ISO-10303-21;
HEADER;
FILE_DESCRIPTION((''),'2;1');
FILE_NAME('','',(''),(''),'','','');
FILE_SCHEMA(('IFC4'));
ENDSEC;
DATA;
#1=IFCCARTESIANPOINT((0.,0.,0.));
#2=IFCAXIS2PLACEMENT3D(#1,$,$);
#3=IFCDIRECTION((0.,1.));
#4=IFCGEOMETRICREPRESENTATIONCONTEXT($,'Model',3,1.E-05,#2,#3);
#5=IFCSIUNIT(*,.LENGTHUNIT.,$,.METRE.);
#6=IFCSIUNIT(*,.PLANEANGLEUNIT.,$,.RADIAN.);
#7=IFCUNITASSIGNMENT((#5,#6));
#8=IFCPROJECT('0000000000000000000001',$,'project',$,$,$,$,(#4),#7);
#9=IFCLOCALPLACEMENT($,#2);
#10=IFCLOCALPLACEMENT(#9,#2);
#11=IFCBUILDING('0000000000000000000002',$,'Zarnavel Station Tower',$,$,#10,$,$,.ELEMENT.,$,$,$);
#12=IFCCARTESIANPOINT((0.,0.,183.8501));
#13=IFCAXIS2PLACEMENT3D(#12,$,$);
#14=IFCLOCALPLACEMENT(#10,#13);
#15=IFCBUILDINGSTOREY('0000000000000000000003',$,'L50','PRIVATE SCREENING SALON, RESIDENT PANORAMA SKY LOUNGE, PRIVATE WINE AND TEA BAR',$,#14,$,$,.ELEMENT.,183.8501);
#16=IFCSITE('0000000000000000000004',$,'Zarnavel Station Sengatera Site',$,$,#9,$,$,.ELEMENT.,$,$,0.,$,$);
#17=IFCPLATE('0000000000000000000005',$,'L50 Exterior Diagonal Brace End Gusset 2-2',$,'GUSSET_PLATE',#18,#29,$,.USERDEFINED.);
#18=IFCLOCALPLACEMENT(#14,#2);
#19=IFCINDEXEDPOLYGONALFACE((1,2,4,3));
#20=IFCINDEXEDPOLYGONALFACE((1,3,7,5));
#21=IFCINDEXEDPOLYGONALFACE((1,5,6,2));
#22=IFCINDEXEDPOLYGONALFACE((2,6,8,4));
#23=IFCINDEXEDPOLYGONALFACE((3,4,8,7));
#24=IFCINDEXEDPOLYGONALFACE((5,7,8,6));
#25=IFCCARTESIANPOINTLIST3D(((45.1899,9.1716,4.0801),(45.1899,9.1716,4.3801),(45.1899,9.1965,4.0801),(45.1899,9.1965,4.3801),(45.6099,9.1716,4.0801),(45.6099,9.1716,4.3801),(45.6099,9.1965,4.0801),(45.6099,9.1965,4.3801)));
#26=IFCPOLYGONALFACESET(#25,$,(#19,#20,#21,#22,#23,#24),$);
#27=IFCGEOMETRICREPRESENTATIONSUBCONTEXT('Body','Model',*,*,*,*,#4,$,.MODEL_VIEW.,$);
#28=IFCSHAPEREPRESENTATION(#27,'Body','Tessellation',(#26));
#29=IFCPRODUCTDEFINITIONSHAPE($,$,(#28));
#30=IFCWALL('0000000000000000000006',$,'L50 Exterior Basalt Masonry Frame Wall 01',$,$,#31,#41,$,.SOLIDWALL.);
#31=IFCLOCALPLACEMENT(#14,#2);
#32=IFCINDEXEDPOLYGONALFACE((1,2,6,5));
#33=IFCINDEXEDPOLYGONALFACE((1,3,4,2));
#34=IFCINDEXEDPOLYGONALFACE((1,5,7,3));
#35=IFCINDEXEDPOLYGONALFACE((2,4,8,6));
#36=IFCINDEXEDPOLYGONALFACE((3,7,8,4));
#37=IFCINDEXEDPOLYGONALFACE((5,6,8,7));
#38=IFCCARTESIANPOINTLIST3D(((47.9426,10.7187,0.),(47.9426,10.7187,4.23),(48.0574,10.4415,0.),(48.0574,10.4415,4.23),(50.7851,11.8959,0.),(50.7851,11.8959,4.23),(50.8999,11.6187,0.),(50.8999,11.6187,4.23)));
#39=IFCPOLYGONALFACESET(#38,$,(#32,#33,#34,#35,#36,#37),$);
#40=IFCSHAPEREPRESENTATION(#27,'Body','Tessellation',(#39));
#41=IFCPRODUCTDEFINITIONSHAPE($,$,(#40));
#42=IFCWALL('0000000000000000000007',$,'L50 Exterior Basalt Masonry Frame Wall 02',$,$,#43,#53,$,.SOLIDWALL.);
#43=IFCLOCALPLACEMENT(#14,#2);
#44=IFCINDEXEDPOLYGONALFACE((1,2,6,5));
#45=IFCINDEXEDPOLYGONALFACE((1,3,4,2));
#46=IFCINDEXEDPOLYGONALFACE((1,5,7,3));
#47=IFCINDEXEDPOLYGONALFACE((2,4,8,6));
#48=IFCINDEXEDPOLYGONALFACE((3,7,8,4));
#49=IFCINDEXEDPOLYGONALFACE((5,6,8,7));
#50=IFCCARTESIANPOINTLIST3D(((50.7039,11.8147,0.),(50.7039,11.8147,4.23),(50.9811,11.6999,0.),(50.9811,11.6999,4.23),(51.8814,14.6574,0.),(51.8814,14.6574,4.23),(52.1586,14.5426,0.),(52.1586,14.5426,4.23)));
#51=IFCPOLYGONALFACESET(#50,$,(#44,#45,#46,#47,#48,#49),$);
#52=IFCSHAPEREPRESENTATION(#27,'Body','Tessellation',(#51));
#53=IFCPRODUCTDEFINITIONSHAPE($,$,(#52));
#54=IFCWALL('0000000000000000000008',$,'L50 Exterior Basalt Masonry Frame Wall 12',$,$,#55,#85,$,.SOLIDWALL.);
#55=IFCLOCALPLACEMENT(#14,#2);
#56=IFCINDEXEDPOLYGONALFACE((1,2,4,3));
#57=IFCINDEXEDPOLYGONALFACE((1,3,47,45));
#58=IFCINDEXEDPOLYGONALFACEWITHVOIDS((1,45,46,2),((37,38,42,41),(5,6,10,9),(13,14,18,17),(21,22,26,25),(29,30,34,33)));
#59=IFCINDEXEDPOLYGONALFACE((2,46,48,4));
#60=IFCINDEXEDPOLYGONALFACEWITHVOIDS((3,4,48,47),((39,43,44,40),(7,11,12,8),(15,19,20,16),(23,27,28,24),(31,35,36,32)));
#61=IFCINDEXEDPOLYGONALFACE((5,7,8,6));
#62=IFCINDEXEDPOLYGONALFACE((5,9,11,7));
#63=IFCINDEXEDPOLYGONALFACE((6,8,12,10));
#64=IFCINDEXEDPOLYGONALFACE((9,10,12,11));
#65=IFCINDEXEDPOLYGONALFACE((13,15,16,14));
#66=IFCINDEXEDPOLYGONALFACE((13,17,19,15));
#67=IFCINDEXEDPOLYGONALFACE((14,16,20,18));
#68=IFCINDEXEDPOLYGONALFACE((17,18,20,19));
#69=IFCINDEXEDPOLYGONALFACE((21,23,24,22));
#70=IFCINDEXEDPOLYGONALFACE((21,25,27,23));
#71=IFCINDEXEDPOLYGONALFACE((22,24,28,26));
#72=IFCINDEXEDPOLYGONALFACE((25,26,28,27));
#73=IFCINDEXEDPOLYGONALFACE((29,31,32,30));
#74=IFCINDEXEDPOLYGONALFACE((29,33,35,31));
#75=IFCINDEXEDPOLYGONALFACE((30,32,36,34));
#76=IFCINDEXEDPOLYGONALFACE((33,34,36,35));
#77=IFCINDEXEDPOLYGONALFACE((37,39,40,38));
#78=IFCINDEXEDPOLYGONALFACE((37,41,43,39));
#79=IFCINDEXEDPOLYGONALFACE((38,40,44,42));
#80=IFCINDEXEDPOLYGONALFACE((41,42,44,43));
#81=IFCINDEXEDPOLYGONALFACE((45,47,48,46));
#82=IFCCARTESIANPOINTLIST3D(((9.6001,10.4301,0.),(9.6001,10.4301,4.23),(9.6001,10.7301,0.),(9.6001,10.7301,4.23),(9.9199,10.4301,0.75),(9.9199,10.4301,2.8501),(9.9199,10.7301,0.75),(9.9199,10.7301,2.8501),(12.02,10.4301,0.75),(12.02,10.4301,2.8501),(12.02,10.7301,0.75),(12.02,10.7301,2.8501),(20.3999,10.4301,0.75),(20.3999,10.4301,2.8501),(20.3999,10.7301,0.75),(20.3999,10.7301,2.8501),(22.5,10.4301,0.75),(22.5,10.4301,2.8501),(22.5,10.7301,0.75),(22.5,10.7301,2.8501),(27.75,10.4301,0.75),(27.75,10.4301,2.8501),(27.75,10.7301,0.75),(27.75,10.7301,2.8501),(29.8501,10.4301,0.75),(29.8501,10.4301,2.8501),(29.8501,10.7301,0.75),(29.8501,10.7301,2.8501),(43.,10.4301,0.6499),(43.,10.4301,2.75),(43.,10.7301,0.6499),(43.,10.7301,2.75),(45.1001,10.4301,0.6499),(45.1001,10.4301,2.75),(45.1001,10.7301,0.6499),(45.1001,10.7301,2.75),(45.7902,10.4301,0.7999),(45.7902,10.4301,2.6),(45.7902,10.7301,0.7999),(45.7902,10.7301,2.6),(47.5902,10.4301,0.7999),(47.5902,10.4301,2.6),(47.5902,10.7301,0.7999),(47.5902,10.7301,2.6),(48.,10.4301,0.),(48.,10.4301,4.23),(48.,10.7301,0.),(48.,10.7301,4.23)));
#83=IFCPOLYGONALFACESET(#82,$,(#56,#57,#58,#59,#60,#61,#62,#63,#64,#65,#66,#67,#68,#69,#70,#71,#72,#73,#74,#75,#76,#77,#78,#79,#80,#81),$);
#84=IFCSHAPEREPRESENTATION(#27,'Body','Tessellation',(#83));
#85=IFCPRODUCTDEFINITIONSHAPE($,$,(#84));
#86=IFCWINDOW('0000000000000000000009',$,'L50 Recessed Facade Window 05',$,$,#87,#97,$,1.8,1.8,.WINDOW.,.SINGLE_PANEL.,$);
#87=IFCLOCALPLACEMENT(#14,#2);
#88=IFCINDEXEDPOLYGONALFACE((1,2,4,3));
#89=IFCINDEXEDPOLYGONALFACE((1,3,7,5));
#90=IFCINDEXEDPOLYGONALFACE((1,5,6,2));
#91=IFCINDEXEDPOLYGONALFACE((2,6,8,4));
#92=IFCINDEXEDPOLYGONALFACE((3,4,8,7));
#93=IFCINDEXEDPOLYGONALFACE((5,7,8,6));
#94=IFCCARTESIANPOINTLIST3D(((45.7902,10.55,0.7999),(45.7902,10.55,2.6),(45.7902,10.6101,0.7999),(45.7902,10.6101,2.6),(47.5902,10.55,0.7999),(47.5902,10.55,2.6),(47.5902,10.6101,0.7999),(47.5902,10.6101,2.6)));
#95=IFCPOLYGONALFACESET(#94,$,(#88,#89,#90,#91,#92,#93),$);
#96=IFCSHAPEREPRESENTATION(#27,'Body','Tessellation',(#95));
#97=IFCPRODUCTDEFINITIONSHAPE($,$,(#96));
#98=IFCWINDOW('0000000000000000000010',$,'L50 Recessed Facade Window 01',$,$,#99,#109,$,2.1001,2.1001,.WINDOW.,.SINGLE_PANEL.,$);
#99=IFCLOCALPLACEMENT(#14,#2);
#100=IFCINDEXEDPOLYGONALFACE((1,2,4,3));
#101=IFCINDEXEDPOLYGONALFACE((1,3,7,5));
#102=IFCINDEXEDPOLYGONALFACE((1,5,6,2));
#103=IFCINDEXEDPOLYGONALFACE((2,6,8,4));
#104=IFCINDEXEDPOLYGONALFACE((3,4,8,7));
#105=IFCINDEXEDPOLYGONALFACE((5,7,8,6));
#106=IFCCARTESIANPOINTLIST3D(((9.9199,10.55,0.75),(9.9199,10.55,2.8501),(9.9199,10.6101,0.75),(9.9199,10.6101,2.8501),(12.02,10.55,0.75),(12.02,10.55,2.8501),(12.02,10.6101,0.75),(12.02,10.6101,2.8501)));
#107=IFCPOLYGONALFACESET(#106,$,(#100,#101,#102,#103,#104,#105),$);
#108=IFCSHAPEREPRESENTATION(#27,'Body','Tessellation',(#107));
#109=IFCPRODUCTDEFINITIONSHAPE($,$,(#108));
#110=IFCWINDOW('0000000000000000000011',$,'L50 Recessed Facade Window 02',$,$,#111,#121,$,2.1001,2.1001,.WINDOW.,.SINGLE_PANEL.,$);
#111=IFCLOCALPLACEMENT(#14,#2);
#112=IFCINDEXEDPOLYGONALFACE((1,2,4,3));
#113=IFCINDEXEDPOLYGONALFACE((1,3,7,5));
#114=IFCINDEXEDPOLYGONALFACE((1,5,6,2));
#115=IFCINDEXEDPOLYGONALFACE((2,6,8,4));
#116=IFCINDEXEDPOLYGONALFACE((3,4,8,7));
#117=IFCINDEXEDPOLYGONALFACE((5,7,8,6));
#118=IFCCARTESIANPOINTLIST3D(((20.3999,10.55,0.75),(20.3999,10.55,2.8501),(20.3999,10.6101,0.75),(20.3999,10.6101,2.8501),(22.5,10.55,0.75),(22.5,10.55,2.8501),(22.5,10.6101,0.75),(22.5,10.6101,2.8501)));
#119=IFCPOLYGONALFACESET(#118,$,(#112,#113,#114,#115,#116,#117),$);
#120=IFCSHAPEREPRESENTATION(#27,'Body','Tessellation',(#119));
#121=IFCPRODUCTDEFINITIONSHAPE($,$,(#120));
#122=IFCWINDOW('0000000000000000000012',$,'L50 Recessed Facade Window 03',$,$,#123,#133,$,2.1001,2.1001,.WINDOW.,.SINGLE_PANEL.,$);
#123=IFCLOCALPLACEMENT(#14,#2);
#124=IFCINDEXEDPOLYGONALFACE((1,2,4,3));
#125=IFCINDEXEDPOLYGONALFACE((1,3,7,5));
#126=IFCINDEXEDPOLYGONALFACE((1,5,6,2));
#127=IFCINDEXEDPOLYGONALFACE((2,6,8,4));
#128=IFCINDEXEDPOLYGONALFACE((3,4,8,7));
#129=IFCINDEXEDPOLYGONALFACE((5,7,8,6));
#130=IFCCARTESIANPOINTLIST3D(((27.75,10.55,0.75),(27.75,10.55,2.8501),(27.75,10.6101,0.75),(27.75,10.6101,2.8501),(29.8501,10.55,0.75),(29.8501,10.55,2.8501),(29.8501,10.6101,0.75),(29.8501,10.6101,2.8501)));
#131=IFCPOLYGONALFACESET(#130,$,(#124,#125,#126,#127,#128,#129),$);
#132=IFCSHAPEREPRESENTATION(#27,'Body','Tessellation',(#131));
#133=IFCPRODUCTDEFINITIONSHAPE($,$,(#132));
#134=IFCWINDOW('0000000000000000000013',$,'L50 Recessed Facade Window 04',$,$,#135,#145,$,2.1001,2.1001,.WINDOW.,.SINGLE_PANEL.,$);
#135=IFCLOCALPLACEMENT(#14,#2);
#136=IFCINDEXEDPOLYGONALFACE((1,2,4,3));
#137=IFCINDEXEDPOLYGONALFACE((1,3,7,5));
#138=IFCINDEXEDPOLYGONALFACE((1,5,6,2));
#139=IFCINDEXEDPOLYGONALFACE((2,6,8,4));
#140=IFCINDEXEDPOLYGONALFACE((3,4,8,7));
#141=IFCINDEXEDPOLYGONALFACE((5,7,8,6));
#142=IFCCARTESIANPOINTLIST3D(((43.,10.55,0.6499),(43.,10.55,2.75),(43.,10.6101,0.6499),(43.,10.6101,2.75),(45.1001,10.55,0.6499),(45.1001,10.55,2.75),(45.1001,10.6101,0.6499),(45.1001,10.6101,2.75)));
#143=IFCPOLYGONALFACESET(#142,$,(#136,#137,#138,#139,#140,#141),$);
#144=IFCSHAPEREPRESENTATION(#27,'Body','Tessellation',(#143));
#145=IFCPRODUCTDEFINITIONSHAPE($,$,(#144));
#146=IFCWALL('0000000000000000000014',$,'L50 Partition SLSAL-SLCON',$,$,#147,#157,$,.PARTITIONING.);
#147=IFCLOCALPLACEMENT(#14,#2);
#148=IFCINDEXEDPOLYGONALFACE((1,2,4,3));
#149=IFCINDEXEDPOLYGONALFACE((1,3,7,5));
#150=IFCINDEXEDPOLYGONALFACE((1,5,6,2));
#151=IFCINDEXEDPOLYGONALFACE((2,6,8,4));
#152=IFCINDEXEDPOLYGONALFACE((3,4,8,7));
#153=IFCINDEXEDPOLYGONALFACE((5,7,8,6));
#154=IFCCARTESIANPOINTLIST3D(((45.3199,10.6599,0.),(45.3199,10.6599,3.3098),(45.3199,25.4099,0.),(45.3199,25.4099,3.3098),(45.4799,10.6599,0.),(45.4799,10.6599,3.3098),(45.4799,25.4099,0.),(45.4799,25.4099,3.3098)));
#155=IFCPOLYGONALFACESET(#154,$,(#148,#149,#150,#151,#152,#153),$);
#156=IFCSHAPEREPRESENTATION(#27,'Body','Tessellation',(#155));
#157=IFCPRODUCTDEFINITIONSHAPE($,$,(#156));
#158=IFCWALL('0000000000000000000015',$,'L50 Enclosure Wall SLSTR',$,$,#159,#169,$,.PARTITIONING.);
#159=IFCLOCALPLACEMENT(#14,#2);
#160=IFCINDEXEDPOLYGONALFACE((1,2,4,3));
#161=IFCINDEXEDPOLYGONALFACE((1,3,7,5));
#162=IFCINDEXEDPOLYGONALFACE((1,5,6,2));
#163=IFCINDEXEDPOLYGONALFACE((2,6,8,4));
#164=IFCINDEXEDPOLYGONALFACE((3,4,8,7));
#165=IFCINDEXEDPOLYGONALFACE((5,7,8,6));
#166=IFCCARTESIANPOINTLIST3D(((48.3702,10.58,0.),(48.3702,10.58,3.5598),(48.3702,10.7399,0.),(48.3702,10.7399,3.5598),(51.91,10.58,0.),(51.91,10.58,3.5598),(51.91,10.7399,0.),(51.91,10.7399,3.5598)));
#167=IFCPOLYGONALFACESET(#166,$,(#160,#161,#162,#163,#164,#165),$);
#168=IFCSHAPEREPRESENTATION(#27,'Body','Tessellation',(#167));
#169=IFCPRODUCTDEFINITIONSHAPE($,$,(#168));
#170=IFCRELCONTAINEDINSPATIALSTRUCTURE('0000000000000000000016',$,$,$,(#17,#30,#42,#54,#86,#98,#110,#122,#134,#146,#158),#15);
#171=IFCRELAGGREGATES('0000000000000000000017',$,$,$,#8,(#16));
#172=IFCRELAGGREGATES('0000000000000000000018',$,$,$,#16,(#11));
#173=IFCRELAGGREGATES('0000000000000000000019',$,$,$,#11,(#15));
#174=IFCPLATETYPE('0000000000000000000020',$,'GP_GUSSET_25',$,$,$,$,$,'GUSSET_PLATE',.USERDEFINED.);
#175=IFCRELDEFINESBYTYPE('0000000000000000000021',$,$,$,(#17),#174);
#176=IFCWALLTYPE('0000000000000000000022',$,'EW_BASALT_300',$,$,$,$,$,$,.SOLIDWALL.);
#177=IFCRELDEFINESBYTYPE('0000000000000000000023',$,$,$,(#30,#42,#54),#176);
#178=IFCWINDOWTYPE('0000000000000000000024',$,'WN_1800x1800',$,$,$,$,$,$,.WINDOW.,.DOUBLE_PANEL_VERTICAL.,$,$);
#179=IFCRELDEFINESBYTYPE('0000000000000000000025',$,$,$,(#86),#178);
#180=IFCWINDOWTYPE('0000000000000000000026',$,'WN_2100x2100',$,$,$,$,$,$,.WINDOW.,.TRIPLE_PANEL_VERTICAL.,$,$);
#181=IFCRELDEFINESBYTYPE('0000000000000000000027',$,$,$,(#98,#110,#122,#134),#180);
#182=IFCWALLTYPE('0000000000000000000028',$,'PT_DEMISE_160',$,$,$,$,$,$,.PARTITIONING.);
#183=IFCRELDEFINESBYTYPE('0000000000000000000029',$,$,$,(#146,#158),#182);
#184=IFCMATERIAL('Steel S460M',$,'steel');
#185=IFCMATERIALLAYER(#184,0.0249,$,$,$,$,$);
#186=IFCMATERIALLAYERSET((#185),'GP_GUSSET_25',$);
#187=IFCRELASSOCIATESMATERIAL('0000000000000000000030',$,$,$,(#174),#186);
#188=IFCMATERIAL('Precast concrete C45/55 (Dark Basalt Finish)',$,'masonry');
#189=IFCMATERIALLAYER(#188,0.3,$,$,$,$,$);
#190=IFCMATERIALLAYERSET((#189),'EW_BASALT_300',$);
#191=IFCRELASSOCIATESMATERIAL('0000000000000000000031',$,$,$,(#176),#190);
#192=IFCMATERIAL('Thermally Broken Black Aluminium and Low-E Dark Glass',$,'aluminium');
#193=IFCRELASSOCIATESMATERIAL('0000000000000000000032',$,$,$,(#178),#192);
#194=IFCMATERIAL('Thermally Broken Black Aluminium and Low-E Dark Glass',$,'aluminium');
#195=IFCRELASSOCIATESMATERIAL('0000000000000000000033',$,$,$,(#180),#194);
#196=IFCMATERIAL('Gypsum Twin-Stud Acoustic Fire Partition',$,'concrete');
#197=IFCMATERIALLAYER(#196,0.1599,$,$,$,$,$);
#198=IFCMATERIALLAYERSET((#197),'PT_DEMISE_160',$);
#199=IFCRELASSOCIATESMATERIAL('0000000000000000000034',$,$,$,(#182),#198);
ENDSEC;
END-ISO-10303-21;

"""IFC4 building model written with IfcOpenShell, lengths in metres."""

from ifc_helpers import new_model, si_unit, direction, frame, frame_2d, origin, origin_2d, place, context, subcontext, project, spatial, rectangle, extrude, material, layer, layer_set, type_object, element, fill, save


model = new_model("IFC4")

# Units and contexts
model_context = context("Model", 3, precision=1e-05, world=origin(), true_north=direction((0.0, 1.0)))
body_context = subcontext(model_context, "Body", "Model", "MODEL_VIEW")
ifc_project = project(units=[si_unit("LENGTHUNIT", "METRE"), si_unit("PLANEANGLEUNIT", "RADIAN")], contexts=[model_context])

# Site, building, storey
site_placement = place(None, origin())
site = spatial("IfcSite", under=ifc_project, at=site_placement, Name="Zarnavel Station Sengatera Site", CompositionType="ELEMENT", RefElevation=0.0)
building_placement = place(site_placement, origin())
building = spatial("IfcBuilding", under=site, at=building_placement, Name="Zarnavel Station Tower", CompositionType="ELEMENT")
storey_placement = place(building_placement, frame((0.0, 0.0, 183.8501)))
storey = spatial("IfcBuildingStorey", under=building, at=storey_placement, Name="L50", Description="PRIVATE SCREENING SALON, RESIDENT PANORAMA SKY LOUNGE, PRIVATE WINE AND TEA BAR", CompositionType="ELEMENT", Elevation=183.8501)

# Plate
ifc_material_1 = material(Name="Steel S460M", Category="steel")
ifc_layer_1 = layer(ifc_material_1, 0.0249)
ifc_layer_set_1 = layer_set([ifc_layer_1], Name="GP_GUSSET_25")
plate_type = type_object("IfcPlateType", Name="GP_GUSSET_25", ElementType="GUSSET_PLATE", PredefinedType="USERDEFINED", material=ifc_layer_set_1)
plate_placement = place(storey_placement, frame((45.3999, 9.1841, 4.0801), z_axis=(0.0, 0.0, 1.0), x_axis=(1.0, 0.0, 0.0)))
element("IfcPlate", 1, at=plate_placement, inside=storey, type_object=plate_type, Name="L50 Exterior Diagonal Brace End Gusset 2-2", ObjectType="GUSSET_PLATE", PredefinedType="USERDEFINED", context=body_context, shape_type="SweptSolid", body=[
    extrude(rectangle(XDim=0.4199, YDim=0.0249, at=origin_2d()), origin(), (0.0, 0.0, 1.0), 0.3),
])

# Walls
ifc_material_2 = material(Name="Precast concrete C45/55 (Dark Basalt Finish)", Category="masonry")
ifc_layer_2 = layer(ifc_material_2, 0.3)
ifc_layer_set_2 = layer_set([ifc_layer_2], Name="EW_BASALT_300")
wall_type_1 = type_object("IfcWallType", Name="EW_BASALT_300", PredefinedType="SOLIDWALL", material=ifc_layer_set_2)
wall_1_placement = place(storey_placement, frame((50.8425, 11.7573, 0.0), z_axis=(0.0, 0.0, 1.0), x_axis=(-0.923899, -0.382637, 0.0)))
element("IfcWall", 2, at=wall_1_placement, inside=storey, type_object=wall_type_1, Name="L50 Exterior Basalt Masonry Frame Wall 01", PredefinedType="SOLIDWALL", context=body_context, shape_type="SweptSolid", body=[
    extrude(rectangle(XDim=3.0767, YDim=0.3, at=frame_2d((1.5383, 0.0))), origin(), (0.0, 0.0, 1.0), 4.23),
])
wall_2_placement = place(storey_placement, frame((52.02, 14.6001, 0.0), z_axis=(0.0, 0.0, 1.0), x_axis=(-0.382676, -0.923882, 0.0)))
element("IfcWall", 3, at=wall_2_placement, inside=storey, type_object=wall_type_1, Name="L50 Exterior Basalt Masonry Frame Wall 02", PredefinedType="SOLIDWALL", context=body_context, shape_type="SweptSolid", body=[
    extrude(rectangle(XDim=3.0769, YDim=0.3, at=frame_2d((1.5386, 0.0))), origin(), (0.0, 0.0, 1.0), 4.23),
])

# Wall, openings, windows
wall_3_placement = place(storey_placement, frame((48.0, 10.5801, 0.0), z_axis=(0.0, 0.0, 1.0), x_axis=(-1.0, 0.0, 0.0)))
wall_3 = element("IfcWall", 4, at=wall_3_placement, inside=storey, type_object=wall_type_1, Name="L50 Exterior Basalt Masonry Frame Wall 12", PredefinedType="SOLIDWALL", context=body_context, shape_type="SweptSolid", body=[
    extrude(rectangle(XDim=38.3999, YDim=0.3, at=frame_2d((19.2, 0.0))), origin(), (0.0, 0.0, 1.0), 4.23),
])
opening_1_placement = place(wall_3_placement, frame((35.98, 0.0, 0.75)))
opening_1 = element("IfcOpeningElement", 5, at=opening_1_placement, cuts=wall_3, PredefinedType="OPENING", context=body_context, shape_type="SweptSolid", body=[
    extrude(rectangle(XDim=2.1001, YDim=2.1001, at=frame_2d((1.05, 1.05))), frame((0.0, 0.1599, 0.0), z_axis=(0.0, -1.0, 0.0), x_axis=(1.0, 0.0, 0.0)), (0.0, 0.0, 1.0), 0.3201),
])
opening_2_placement = place(wall_3_placement, frame((25.5, 0.0, 0.75)))
opening_2 = element("IfcOpeningElement", 6, at=opening_2_placement, cuts=wall_3, PredefinedType="OPENING", context=body_context, shape_type="SweptSolid", body=[
    extrude(rectangle(XDim=2.1001, YDim=2.1001, at=frame_2d((1.05, 1.05))), frame((0.0, 0.1599, 0.0), z_axis=(0.0, -1.0, 0.0), x_axis=(1.0, 0.0, 0.0)), (0.0, 0.0, 1.0), 0.3201),
])
opening_3_placement = place(wall_3_placement, frame((18.1499, 0.0, 0.75)))
opening_3 = element("IfcOpeningElement", 7, at=opening_3_placement, cuts=wall_3, PredefinedType="OPENING", context=body_context, shape_type="SweptSolid", body=[
    extrude(rectangle(XDim=2.1001, YDim=2.1001, at=frame_2d((1.05, 1.05))), frame((0.0, 0.1599, 0.0), z_axis=(0.0, -1.0, 0.0), x_axis=(1.0, 0.0, 0.0)), (0.0, 0.0, 1.0), 0.3201),
])
opening_4_placement = place(wall_3_placement, frame((2.8999, 0.0, 0.6499)))
opening_4 = element("IfcOpeningElement", 8, at=opening_4_placement, cuts=wall_3, PredefinedType="OPENING", context=body_context, shape_type="SweptSolid", body=[
    extrude(rectangle(XDim=2.1001, YDim=2.1001, at=frame_2d((1.05, 1.05))), frame((0.0, 0.1599, 0.0), z_axis=(0.0, -1.0, 0.0), x_axis=(1.0, 0.0, 0.0)), (0.0, 0.0, 1.0), 0.3201),
])
opening_5_placement = place(wall_3_placement, frame((0.4099, 0.0, 0.8)))
opening_5 = element("IfcOpeningElement", 9, at=opening_5_placement, cuts=wall_3, PredefinedType="OPENING", context=body_context, shape_type="SweptSolid", body=[
    extrude(rectangle(XDim=1.8, YDim=1.8, at=frame_2d((0.8999, 0.8999))), frame((0.0, 0.1599, 0.0), z_axis=(0.0, -1.0, 0.0), x_axis=(1.0, 0.0, 0.0)), (0.0, 0.0, 1.0), 0.3201),
])
ifc_material_3 = material(Name="Thermally Broken Black Aluminium and Low-E Dark Glass", Category="aluminium")
window_type_1 = type_object("IfcWindowType", Name="WN_1800x1800", PartitioningType="DOUBLE_PANEL_VERTICAL", PredefinedType="WINDOW", material=ifc_material_3)
window_1_placement = place(opening_5_placement, origin())
window_1 = element("IfcWindow", 10, at=window_1_placement, inside=storey, type_object=window_type_1, Name="L50 Recessed Facade Window 05", OverallHeight=1.8, OverallWidth=1.8, PartitioningType="SINGLE_PANEL", PredefinedType="WINDOW", context=body_context, shape_type="SweptSolid", body=[
    extrude(rectangle(XDim=1.8, YDim=1.8, at=frame_2d((0.8999, 0.8999))), frame((0.0, 0.03, 0.0), z_axis=(0.0, -1.0, 0.0), x_axis=(1.0, 0.0, 0.0)), (0.0, 0.0, 1.0), 0.0601),
])
fill(opening_5, window_1)
ifc_material_4 = material(Name="Thermally Broken Black Aluminium and Low-E Dark Glass", Category="aluminium")
window_type_2 = type_object("IfcWindowType", Name="WN_2100x2100", PartitioningType="TRIPLE_PANEL_VERTICAL", PredefinedType="WINDOW", material=ifc_material_4)
window_2_placement = place(opening_1_placement, origin())
window_2 = element("IfcWindow", 11, at=window_2_placement, inside=storey, type_object=window_type_2, Name="L50 Recessed Facade Window 01", OverallHeight=2.1001, OverallWidth=2.1001, PartitioningType="SINGLE_PANEL", PredefinedType="WINDOW", context=body_context, shape_type="SweptSolid", body=[
    extrude(rectangle(XDim=2.1001, YDim=2.1001, at=frame_2d((1.05, 1.05))), frame((0.0, 0.03, 0.0), z_axis=(0.0, -1.0, 0.0), x_axis=(1.0, 0.0, 0.0)), (0.0, 0.0, 1.0), 0.0601),
])
fill(opening_1, window_2)
window_3_placement = place(opening_2_placement, origin())
window_3 = element("IfcWindow", 12, at=window_3_placement, inside=storey, type_object=window_type_2, Name="L50 Recessed Facade Window 02", OverallHeight=2.1001, OverallWidth=2.1001, PartitioningType="SINGLE_PANEL", PredefinedType="WINDOW", context=body_context, shape_type="SweptSolid", body=[
    extrude(rectangle(XDim=2.1001, YDim=2.1001, at=frame_2d((1.05, 1.05))), frame((0.0, 0.03, 0.0), z_axis=(0.0, -1.0, 0.0), x_axis=(1.0, 0.0, 0.0)), (0.0, 0.0, 1.0), 0.0601),
])
fill(opening_2, window_3)
window_4_placement = place(opening_3_placement, origin())
window_4 = element("IfcWindow", 13, at=window_4_placement, inside=storey, type_object=window_type_2, Name="L50 Recessed Facade Window 03", OverallHeight=2.1001, OverallWidth=2.1001, PartitioningType="SINGLE_PANEL", PredefinedType="WINDOW", context=body_context, shape_type="SweptSolid", body=[
    extrude(rectangle(XDim=2.1001, YDim=2.1001, at=frame_2d((1.05, 1.05))), frame((0.0, 0.03, 0.0), z_axis=(0.0, -1.0, 0.0), x_axis=(1.0, 0.0, 0.0)), (0.0, 0.0, 1.0), 0.0601),
])
fill(opening_3, window_4)
window_5_placement = place(opening_4_placement, origin())
window_5 = element("IfcWindow", 14, at=window_5_placement, inside=storey, type_object=window_type_2, Name="L50 Recessed Facade Window 04", OverallHeight=2.1001, OverallWidth=2.1001, PartitioningType="SINGLE_PANEL", PredefinedType="WINDOW", context=body_context, shape_type="SweptSolid", body=[
    extrude(rectangle(XDim=2.1001, YDim=2.1001, at=frame_2d((1.05, 1.05))), frame((0.0, 0.03, 0.0), z_axis=(0.0, -1.0, 0.0), x_axis=(1.0, 0.0, 0.0)), (0.0, 0.0, 1.0), 0.0601),
])
fill(opening_4, window_5)

# Walls
ifc_material_5 = material(Name="Gypsum Twin-Stud Acoustic Fire Partition", Category="concrete")
ifc_layer_3 = layer(ifc_material_5, 0.1599)
ifc_layer_set_3 = layer_set([ifc_layer_3], Name="PT_DEMISE_160")
wall_type_2 = type_object("IfcWallType", Name="PT_DEMISE_160", PredefinedType="PARTITIONING", material=ifc_layer_set_3)
wall_4_placement = place(storey_placement, frame((45.3999, 10.6599, 0.0), z_axis=(0.0, 0.0, 1.0), x_axis=(0.0, 1.0, 0.0)))
element("IfcWall", 15, at=wall_4_placement, inside=storey, type_object=wall_type_2, Name="L50 Partition SLSAL-SLCON", PredefinedType="PARTITIONING", context=body_context, shape_type="SweptSolid", body=[
    extrude(rectangle(XDim=14.75, YDim=0.1599, at=frame_2d((7.375, 0.0))), origin(), (0.0, 0.0, 1.0), 3.3098),
])
wall_5_placement = place(storey_placement, frame((48.3701, 10.6599, 0.0), z_axis=(0.0, 0.0, 1.0), x_axis=(1.0, 0.0, 0.0)))
element("IfcWall", 16, at=wall_5_placement, inside=storey, type_object=wall_type_2, Name="L50 Enclosure Wall SLSTR", PredefinedType="PARTITIONING", context=body_context, shape_type="SweptSolid", body=[
    extrude(rectangle(XDim=3.5398, YDim=0.1599, at=frame_2d((1.77, 0.0))), origin(), (0.0, 0.0, 1.0), 3.5598),
])

save(model, "model.ifc")
